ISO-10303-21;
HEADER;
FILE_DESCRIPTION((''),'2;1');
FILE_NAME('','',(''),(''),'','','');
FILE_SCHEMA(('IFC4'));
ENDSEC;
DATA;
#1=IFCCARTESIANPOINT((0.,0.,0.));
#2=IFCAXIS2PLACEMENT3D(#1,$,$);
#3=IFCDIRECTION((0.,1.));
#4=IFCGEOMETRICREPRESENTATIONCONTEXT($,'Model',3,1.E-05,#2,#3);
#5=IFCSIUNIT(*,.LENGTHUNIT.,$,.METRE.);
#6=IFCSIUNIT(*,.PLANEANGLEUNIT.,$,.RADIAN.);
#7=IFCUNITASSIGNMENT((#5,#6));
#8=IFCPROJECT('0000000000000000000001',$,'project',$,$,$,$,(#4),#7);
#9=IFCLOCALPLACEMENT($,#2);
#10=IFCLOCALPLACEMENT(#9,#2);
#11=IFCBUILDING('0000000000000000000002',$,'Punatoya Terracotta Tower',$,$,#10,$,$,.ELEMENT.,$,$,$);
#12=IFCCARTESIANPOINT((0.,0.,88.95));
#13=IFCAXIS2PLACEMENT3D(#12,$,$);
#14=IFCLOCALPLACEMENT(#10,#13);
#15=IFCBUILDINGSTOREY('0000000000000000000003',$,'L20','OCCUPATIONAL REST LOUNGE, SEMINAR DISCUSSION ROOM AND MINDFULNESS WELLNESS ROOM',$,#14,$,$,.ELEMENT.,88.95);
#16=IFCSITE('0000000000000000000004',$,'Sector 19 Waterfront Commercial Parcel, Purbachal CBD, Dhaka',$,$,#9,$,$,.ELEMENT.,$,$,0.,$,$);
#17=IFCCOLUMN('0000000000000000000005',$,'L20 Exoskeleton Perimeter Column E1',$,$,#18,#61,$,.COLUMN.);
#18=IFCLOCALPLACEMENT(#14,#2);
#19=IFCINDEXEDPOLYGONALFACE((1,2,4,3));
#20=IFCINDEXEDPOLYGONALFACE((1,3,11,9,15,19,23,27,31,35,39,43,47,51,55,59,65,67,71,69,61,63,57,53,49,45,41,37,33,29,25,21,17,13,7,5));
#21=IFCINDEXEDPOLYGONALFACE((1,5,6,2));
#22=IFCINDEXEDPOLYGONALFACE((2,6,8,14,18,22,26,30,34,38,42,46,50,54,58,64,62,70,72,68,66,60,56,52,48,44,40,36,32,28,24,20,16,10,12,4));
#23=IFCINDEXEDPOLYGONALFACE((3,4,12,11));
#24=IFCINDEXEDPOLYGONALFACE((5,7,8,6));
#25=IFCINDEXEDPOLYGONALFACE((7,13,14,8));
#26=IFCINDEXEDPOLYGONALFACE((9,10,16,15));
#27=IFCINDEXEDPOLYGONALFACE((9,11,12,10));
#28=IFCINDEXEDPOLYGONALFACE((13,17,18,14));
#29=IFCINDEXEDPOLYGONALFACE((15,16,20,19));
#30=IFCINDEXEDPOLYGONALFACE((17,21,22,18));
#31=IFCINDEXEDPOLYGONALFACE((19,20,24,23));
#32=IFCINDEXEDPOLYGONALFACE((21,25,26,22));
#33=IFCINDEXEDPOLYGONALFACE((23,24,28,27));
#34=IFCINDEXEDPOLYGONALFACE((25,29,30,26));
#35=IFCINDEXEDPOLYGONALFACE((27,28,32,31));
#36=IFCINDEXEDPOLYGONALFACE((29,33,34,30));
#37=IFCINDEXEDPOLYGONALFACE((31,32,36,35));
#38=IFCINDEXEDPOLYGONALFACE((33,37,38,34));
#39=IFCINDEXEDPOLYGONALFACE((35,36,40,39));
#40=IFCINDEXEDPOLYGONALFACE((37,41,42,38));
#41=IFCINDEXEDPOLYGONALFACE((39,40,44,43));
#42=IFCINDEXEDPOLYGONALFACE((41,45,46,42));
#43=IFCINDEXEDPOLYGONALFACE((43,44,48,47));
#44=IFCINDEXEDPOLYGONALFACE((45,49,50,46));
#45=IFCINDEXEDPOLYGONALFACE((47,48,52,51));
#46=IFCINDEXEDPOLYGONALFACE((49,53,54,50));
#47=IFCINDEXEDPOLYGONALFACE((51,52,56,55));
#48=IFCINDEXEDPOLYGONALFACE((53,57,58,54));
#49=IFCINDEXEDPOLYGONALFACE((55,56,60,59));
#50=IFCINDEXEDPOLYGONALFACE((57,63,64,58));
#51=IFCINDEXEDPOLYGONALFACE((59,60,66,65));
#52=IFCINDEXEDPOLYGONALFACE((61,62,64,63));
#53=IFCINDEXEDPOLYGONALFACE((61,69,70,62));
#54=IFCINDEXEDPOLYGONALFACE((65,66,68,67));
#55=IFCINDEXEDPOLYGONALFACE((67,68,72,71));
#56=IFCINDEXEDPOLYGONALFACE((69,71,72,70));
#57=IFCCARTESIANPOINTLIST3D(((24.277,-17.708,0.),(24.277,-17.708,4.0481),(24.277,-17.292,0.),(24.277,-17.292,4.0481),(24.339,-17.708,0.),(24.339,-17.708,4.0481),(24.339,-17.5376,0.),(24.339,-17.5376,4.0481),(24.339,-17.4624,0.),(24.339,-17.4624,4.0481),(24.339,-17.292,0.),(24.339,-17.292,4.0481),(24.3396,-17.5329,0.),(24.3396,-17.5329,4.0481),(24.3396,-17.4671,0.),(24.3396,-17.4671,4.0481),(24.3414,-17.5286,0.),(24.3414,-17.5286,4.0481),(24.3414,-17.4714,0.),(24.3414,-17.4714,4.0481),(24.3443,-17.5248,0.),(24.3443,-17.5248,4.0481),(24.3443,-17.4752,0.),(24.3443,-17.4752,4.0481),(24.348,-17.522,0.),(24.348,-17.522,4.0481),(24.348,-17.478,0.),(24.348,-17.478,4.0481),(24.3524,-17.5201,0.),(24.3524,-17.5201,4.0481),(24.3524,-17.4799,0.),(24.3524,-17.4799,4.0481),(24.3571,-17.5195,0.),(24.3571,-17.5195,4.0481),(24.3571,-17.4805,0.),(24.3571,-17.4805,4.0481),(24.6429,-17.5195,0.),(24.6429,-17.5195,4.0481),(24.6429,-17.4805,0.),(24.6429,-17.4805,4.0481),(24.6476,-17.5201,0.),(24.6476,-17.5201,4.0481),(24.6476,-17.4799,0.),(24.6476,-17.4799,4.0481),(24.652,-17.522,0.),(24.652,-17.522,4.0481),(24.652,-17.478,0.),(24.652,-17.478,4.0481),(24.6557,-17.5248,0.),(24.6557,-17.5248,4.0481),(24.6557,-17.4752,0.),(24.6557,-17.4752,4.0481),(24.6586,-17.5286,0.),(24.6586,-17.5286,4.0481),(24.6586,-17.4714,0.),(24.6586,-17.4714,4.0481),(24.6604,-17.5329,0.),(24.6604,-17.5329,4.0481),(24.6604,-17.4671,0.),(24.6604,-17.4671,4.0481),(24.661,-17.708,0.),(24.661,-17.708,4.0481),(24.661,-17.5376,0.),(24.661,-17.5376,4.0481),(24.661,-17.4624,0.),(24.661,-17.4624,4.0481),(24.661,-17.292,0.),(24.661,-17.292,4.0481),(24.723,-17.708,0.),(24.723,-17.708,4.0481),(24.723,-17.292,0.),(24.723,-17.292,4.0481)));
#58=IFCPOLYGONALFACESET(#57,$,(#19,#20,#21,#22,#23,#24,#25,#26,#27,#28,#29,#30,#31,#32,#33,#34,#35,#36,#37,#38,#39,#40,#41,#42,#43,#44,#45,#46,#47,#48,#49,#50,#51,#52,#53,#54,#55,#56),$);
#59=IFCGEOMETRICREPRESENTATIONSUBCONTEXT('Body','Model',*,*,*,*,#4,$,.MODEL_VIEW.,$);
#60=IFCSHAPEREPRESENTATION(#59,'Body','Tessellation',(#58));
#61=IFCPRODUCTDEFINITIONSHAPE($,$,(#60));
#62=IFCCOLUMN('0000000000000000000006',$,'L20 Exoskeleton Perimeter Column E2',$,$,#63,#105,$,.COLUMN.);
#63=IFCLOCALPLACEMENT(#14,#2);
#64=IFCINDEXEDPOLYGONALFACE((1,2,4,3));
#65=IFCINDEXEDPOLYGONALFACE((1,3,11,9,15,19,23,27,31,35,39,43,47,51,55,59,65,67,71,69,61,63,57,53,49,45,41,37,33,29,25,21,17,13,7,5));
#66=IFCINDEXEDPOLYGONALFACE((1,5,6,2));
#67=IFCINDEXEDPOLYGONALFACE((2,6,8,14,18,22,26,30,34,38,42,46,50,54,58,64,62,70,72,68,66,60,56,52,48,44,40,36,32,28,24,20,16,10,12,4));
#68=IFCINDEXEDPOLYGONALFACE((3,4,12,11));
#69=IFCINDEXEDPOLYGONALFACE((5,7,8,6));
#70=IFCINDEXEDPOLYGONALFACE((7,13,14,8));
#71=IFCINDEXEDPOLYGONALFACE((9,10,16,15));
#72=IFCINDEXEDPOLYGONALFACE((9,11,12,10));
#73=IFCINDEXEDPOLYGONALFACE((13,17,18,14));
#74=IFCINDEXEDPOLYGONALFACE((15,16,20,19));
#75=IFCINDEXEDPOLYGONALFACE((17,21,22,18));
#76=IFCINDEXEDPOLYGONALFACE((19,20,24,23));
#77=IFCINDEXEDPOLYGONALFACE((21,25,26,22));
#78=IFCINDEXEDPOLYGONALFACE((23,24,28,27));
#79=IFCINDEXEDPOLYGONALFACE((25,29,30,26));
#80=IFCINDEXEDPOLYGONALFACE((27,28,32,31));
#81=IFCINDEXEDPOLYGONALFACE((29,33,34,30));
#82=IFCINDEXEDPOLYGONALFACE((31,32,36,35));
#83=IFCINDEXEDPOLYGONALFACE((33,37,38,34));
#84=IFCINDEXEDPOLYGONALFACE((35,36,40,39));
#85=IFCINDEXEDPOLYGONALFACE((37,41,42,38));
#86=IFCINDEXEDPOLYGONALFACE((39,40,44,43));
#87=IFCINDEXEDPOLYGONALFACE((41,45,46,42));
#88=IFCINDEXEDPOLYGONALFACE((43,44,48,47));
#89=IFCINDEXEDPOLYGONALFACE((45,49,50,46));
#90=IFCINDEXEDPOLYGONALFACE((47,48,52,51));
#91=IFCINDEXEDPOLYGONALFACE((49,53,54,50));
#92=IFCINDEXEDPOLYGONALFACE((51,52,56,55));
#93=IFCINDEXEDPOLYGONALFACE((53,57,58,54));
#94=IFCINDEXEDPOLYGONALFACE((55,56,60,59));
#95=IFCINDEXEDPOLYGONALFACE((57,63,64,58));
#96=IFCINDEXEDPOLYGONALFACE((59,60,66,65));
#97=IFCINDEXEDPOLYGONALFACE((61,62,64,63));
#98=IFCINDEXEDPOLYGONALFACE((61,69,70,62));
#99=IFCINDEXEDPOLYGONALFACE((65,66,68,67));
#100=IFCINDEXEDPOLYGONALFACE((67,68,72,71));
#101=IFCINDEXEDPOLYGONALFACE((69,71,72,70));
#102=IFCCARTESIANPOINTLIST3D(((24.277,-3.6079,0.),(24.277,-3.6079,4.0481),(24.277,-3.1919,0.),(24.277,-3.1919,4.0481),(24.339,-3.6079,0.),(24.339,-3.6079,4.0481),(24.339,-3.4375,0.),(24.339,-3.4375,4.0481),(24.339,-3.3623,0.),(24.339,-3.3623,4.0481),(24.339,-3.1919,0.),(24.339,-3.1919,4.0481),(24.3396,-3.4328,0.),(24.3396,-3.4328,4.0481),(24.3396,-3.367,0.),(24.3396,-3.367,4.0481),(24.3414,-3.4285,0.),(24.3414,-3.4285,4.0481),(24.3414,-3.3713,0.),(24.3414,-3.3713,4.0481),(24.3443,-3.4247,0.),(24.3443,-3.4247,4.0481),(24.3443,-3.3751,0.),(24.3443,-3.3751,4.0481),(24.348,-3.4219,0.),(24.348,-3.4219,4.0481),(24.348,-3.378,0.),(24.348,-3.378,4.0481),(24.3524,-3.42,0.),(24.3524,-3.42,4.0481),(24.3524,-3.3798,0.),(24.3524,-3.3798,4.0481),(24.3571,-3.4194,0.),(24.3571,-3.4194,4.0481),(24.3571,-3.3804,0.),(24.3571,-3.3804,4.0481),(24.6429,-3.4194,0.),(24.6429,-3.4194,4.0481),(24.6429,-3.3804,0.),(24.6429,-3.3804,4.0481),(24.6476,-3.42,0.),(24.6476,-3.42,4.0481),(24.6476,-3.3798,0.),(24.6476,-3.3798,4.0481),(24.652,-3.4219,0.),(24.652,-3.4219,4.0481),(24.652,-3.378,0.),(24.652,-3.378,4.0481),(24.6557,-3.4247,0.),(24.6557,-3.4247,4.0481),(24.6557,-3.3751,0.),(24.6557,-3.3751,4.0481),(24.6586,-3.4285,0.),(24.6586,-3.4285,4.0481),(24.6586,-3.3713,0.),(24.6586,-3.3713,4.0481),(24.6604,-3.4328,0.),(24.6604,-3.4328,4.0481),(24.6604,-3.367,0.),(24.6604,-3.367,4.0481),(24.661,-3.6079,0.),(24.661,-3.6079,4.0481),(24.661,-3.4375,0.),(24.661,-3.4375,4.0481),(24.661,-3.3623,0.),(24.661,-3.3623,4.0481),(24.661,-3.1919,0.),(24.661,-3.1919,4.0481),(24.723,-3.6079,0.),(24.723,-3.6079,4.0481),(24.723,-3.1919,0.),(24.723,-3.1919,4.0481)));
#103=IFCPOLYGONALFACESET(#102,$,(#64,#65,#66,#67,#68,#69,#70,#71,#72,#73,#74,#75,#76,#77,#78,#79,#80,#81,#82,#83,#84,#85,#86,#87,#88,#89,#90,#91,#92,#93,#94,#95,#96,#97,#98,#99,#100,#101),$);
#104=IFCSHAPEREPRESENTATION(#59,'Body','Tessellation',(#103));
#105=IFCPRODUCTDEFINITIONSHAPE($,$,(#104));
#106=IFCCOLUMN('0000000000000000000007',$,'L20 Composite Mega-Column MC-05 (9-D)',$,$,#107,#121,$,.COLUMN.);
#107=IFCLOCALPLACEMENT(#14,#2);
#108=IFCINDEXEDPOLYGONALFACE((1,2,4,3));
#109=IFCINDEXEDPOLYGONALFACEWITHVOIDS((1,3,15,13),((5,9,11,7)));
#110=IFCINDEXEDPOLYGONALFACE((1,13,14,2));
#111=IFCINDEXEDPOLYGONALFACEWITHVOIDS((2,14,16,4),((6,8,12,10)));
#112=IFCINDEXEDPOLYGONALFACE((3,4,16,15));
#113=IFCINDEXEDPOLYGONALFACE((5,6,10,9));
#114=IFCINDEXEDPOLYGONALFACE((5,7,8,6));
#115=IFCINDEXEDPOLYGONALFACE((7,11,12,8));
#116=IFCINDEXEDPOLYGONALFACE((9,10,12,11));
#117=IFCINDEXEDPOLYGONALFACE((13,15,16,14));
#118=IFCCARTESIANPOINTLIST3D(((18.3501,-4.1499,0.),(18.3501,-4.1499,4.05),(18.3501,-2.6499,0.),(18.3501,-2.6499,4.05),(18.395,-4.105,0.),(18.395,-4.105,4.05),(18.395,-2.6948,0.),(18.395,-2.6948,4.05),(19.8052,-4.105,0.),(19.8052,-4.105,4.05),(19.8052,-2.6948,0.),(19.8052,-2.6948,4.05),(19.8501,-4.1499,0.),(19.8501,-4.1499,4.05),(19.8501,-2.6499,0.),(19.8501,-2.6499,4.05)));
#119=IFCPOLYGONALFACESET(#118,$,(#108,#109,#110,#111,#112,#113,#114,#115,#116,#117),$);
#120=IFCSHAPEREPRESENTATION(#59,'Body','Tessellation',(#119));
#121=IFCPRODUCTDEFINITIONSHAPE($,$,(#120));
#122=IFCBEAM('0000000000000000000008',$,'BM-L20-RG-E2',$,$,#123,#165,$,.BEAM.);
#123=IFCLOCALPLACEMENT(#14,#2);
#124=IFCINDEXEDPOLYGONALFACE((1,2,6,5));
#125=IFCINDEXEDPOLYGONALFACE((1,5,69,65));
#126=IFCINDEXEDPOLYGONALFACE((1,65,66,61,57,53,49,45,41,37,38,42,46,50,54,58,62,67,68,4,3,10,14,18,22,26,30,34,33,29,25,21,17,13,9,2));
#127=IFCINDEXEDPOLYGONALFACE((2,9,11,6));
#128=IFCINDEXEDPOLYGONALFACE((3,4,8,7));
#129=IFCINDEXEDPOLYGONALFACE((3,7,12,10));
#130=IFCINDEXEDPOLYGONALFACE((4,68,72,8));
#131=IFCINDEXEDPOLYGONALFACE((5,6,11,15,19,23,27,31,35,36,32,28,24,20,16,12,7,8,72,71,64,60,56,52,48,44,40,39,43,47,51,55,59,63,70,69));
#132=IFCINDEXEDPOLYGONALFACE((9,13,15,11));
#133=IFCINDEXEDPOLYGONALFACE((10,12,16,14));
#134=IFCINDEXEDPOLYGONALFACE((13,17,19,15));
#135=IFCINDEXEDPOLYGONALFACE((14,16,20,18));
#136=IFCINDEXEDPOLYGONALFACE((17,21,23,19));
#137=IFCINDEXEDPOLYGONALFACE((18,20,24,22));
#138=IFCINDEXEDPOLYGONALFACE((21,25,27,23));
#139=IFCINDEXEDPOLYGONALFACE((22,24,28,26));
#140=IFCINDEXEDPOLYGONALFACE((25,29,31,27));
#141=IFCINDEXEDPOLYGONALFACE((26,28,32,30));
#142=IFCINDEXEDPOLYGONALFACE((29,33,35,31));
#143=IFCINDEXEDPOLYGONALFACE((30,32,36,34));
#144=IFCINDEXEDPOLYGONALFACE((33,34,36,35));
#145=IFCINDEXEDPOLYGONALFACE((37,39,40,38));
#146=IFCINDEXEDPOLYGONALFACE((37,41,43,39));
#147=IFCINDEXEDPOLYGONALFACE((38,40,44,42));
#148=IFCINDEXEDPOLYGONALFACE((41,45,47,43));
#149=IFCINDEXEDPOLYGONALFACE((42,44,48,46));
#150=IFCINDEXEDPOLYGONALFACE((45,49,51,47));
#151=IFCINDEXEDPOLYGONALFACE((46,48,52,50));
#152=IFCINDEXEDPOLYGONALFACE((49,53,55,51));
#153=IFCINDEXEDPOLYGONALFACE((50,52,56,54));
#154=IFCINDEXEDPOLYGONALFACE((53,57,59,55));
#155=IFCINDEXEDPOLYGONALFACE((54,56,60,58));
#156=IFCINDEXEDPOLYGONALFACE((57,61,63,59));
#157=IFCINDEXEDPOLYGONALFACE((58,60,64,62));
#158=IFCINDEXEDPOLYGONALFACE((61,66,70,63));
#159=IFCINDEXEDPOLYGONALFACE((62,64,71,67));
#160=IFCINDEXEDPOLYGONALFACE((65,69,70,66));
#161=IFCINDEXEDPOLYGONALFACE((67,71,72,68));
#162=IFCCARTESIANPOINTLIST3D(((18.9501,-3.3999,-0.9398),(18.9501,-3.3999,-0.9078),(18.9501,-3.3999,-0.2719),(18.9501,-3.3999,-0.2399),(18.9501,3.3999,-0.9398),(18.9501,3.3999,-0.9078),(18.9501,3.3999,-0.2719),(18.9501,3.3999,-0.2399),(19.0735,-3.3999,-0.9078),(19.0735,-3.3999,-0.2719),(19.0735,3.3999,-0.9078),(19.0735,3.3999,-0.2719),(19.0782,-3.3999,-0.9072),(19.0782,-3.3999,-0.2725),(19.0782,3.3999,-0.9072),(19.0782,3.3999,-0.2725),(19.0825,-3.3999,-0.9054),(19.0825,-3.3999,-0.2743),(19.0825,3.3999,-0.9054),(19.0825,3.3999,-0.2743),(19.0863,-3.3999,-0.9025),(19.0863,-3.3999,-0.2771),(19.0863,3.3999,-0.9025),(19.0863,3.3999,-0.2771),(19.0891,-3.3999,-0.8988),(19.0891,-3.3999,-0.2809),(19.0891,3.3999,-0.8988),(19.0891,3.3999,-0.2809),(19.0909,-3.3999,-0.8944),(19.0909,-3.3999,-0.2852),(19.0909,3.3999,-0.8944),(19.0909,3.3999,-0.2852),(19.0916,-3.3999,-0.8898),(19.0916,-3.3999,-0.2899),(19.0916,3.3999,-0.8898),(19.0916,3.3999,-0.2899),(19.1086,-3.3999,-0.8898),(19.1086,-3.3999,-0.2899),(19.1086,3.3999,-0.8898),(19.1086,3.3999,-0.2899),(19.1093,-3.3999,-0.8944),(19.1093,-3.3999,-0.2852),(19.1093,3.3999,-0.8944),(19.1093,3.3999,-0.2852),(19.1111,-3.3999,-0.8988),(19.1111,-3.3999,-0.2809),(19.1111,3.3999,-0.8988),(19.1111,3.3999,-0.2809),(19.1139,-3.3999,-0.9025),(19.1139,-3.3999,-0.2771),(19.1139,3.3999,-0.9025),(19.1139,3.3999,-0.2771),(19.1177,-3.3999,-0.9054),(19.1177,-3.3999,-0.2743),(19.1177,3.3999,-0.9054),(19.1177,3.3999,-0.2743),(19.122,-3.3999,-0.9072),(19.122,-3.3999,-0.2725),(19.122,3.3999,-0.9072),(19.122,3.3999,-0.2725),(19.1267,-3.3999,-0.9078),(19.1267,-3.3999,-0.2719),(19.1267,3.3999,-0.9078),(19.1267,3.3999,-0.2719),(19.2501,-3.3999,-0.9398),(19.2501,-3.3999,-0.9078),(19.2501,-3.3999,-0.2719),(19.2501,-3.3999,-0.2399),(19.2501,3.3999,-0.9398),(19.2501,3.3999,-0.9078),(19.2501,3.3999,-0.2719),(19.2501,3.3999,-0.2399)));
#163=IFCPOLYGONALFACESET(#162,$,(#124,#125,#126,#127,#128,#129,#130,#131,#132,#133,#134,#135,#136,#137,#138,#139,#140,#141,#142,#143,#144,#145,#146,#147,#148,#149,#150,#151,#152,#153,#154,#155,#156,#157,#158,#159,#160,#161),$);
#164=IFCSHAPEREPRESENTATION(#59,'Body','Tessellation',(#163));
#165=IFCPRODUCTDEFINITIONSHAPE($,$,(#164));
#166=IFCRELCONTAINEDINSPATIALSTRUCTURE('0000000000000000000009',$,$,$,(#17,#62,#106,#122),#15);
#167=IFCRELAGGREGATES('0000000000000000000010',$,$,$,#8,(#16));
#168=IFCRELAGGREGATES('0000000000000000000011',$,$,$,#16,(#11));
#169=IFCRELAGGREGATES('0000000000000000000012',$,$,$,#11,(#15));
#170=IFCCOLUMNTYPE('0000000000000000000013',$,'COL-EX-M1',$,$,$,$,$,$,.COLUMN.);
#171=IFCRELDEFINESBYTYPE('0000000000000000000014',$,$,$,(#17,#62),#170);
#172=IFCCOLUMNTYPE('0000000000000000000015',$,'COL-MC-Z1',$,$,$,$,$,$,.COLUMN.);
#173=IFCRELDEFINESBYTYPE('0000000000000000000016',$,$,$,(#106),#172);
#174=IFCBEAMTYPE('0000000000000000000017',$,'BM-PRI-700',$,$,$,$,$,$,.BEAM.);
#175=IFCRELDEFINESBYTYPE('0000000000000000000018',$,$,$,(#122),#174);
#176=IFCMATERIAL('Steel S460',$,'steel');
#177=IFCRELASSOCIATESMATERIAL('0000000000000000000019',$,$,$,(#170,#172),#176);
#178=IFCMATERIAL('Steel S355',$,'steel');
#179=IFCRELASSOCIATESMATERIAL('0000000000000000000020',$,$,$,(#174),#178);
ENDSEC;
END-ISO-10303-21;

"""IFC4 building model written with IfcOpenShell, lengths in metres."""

from ifc_helpers import new_model, si_unit, direction, frame, origin, origin_2d, place, context, subcontext, project, spatial, hollow_rectangle, i_section, extrude, material, material_profile, profile_set, type_object, element, save


model = new_model("IFC4")

# Units and contexts
model_context = context("Model", 3, precision=1e-05, world=origin(), true_north=direction((0.0, 1.0)))
body_context = subcontext(model_context, "Body", "Model", "MODEL_VIEW")
ifc_project = project(units=[si_unit("LENGTHUNIT", "METRE"), si_unit("PLANEANGLEUNIT", "RADIAN")], contexts=[model_context])

# Site, building, storey
site_placement = place(None, origin())
site = spatial("IfcSite", under=ifc_project, at=site_placement, Name="Sector 19 Waterfront Commercial Parcel, Purbachal CBD, Dhaka", CompositionType="ELEMENT", RefElevation=0.0)
building_placement = place(site_placement, origin())
building = spatial("IfcBuilding", under=site, at=building_placement, Name="Punatoya Terracotta Tower", CompositionType="ELEMENT")
storey_placement = place(building_placement, frame((0.0, 0.0, 88.95)))
storey = spatial("IfcBuildingStorey", under=building, at=storey_placement, Name="L20", Description="OCCUPATIONAL REST LOUNGE, SEMINAR DISCUSSION ROOM AND MINDFULNESS WELLNESS ROOM", CompositionType="ELEMENT", Elevation=88.95)

# Columns
ifc_material_1 = material(Name="Steel S460", Category="steel")
ifc_material_profile_1 = material_profile(ifc_material_1, i_section(OverallWidth=0.416, OverallDepth=0.446, WebThickness=0.0391, FlangeThickness=0.062, FilletRadius=0.0181, at=origin_2d()))
ifc_profile_set_1 = profile_set([ifc_material_profile_1], Name="Steel S460")
column_type_1 = type_object("IfcColumnType", Name="COL-EX-M1", PredefinedType="COLUMN", material=ifc_profile_set_1)
for number, where, z_axis, x_axis, name in (
    (1, (24.5, -17.5, 0.0), (0.0, 0.0, 1.0), (0.0, 1.0, 0.0), "L20 Exoskeleton Perimeter Column E1"),
    (2, (24.5, -3.3999, 0.0), (0.0, 0.0, 1.0), (0.0, 1.0, 0.0), "L20 Exoskeleton Perimeter Column E2"),
):
    element("IfcColumn", number, at=place(storey_placement, frame(where, z_axis=z_axis, x_axis=x_axis)), inside=storey, type_object=column_type_1, Name=name, PredefinedType="COLUMN", context=body_context, shape_type="SweptSolid", body=[
        extrude(i_section(OverallWidth=0.416, OverallDepth=0.446, WebThickness=0.0391, FlangeThickness=0.062, FilletRadius=0.0181, at=origin_2d()), origin(), (0.0, 0.0, 1.0), 4.0481),
    ])
ifc_material_profile_2 = material_profile(ifc_material_1, hollow_rectangle(XDim=1.5, YDim=1.5, WallThickness=0.0449, at=origin_2d()))
ifc_profile_set_2 = profile_set([ifc_material_profile_2], Name="Steel S460")
column_type_2 = type_object("IfcColumnType", Name="COL-MC-Z1", PredefinedType="COLUMN", material=ifc_profile_set_2)
column_placement = place(storey_placement, frame((19.1001, -3.3999, 0.0), z_axis=(0.0, 0.0, 1.0), x_axis=(1.0, 0.0, 0.0)))
element("IfcColumn", 3, at=column_placement, inside=storey, type_object=column_type_2, Name="L20 Composite Mega-Column MC-05 (9-D)", PredefinedType="COLUMN", context=body_context, shape_type="SweptSolid", body=[
    extrude(hollow_rectangle(XDim=1.5, YDim=1.5, WallThickness=0.0449, at=origin_2d()), origin(), (0.0, 0.0, 1.0), 4.05),
])

# Beam
ifc_material_2 = material(Name="Steel S355", Category="steel")
ifc_material_profile_3 = material_profile(ifc_material_2, i_section(OverallWidth=0.3, OverallDepth=0.7, WebThickness=0.0171, FlangeThickness=0.032, FilletRadius=0.0181, at=origin_2d()))
ifc_profile_set_3 = profile_set([ifc_material_profile_3], Name="Steel S355")
beam_type_1 = type_object("IfcBeamType", Name="BM-PRI-700", PredefinedType="BEAM", material=ifc_profile_set_3)
beam_1_placement = place(storey_placement, frame((19.1001, -3.3999, -0.5898), z_axis=(0.0, 1.0, 0.0), x_axis=(-1.0, 0.0, 0.0)))
element("IfcBeam", 4, at=beam_1_placement, inside=storey, type_object=beam_type_1, Name="BM-L20-RG-E2", PredefinedType="BEAM", context=body_context, shape_type="SweptSolid", body=[
    extrude(i_section(OverallWidth=0.3, OverallDepth=0.7, WebThickness=0.0171, FlangeThickness=0.032, FilletRadius=0.0181, at=origin_2d()), origin(), (0.0, 0.0, 1.0), 6.7998),
])

save(model, "model.ifc")
